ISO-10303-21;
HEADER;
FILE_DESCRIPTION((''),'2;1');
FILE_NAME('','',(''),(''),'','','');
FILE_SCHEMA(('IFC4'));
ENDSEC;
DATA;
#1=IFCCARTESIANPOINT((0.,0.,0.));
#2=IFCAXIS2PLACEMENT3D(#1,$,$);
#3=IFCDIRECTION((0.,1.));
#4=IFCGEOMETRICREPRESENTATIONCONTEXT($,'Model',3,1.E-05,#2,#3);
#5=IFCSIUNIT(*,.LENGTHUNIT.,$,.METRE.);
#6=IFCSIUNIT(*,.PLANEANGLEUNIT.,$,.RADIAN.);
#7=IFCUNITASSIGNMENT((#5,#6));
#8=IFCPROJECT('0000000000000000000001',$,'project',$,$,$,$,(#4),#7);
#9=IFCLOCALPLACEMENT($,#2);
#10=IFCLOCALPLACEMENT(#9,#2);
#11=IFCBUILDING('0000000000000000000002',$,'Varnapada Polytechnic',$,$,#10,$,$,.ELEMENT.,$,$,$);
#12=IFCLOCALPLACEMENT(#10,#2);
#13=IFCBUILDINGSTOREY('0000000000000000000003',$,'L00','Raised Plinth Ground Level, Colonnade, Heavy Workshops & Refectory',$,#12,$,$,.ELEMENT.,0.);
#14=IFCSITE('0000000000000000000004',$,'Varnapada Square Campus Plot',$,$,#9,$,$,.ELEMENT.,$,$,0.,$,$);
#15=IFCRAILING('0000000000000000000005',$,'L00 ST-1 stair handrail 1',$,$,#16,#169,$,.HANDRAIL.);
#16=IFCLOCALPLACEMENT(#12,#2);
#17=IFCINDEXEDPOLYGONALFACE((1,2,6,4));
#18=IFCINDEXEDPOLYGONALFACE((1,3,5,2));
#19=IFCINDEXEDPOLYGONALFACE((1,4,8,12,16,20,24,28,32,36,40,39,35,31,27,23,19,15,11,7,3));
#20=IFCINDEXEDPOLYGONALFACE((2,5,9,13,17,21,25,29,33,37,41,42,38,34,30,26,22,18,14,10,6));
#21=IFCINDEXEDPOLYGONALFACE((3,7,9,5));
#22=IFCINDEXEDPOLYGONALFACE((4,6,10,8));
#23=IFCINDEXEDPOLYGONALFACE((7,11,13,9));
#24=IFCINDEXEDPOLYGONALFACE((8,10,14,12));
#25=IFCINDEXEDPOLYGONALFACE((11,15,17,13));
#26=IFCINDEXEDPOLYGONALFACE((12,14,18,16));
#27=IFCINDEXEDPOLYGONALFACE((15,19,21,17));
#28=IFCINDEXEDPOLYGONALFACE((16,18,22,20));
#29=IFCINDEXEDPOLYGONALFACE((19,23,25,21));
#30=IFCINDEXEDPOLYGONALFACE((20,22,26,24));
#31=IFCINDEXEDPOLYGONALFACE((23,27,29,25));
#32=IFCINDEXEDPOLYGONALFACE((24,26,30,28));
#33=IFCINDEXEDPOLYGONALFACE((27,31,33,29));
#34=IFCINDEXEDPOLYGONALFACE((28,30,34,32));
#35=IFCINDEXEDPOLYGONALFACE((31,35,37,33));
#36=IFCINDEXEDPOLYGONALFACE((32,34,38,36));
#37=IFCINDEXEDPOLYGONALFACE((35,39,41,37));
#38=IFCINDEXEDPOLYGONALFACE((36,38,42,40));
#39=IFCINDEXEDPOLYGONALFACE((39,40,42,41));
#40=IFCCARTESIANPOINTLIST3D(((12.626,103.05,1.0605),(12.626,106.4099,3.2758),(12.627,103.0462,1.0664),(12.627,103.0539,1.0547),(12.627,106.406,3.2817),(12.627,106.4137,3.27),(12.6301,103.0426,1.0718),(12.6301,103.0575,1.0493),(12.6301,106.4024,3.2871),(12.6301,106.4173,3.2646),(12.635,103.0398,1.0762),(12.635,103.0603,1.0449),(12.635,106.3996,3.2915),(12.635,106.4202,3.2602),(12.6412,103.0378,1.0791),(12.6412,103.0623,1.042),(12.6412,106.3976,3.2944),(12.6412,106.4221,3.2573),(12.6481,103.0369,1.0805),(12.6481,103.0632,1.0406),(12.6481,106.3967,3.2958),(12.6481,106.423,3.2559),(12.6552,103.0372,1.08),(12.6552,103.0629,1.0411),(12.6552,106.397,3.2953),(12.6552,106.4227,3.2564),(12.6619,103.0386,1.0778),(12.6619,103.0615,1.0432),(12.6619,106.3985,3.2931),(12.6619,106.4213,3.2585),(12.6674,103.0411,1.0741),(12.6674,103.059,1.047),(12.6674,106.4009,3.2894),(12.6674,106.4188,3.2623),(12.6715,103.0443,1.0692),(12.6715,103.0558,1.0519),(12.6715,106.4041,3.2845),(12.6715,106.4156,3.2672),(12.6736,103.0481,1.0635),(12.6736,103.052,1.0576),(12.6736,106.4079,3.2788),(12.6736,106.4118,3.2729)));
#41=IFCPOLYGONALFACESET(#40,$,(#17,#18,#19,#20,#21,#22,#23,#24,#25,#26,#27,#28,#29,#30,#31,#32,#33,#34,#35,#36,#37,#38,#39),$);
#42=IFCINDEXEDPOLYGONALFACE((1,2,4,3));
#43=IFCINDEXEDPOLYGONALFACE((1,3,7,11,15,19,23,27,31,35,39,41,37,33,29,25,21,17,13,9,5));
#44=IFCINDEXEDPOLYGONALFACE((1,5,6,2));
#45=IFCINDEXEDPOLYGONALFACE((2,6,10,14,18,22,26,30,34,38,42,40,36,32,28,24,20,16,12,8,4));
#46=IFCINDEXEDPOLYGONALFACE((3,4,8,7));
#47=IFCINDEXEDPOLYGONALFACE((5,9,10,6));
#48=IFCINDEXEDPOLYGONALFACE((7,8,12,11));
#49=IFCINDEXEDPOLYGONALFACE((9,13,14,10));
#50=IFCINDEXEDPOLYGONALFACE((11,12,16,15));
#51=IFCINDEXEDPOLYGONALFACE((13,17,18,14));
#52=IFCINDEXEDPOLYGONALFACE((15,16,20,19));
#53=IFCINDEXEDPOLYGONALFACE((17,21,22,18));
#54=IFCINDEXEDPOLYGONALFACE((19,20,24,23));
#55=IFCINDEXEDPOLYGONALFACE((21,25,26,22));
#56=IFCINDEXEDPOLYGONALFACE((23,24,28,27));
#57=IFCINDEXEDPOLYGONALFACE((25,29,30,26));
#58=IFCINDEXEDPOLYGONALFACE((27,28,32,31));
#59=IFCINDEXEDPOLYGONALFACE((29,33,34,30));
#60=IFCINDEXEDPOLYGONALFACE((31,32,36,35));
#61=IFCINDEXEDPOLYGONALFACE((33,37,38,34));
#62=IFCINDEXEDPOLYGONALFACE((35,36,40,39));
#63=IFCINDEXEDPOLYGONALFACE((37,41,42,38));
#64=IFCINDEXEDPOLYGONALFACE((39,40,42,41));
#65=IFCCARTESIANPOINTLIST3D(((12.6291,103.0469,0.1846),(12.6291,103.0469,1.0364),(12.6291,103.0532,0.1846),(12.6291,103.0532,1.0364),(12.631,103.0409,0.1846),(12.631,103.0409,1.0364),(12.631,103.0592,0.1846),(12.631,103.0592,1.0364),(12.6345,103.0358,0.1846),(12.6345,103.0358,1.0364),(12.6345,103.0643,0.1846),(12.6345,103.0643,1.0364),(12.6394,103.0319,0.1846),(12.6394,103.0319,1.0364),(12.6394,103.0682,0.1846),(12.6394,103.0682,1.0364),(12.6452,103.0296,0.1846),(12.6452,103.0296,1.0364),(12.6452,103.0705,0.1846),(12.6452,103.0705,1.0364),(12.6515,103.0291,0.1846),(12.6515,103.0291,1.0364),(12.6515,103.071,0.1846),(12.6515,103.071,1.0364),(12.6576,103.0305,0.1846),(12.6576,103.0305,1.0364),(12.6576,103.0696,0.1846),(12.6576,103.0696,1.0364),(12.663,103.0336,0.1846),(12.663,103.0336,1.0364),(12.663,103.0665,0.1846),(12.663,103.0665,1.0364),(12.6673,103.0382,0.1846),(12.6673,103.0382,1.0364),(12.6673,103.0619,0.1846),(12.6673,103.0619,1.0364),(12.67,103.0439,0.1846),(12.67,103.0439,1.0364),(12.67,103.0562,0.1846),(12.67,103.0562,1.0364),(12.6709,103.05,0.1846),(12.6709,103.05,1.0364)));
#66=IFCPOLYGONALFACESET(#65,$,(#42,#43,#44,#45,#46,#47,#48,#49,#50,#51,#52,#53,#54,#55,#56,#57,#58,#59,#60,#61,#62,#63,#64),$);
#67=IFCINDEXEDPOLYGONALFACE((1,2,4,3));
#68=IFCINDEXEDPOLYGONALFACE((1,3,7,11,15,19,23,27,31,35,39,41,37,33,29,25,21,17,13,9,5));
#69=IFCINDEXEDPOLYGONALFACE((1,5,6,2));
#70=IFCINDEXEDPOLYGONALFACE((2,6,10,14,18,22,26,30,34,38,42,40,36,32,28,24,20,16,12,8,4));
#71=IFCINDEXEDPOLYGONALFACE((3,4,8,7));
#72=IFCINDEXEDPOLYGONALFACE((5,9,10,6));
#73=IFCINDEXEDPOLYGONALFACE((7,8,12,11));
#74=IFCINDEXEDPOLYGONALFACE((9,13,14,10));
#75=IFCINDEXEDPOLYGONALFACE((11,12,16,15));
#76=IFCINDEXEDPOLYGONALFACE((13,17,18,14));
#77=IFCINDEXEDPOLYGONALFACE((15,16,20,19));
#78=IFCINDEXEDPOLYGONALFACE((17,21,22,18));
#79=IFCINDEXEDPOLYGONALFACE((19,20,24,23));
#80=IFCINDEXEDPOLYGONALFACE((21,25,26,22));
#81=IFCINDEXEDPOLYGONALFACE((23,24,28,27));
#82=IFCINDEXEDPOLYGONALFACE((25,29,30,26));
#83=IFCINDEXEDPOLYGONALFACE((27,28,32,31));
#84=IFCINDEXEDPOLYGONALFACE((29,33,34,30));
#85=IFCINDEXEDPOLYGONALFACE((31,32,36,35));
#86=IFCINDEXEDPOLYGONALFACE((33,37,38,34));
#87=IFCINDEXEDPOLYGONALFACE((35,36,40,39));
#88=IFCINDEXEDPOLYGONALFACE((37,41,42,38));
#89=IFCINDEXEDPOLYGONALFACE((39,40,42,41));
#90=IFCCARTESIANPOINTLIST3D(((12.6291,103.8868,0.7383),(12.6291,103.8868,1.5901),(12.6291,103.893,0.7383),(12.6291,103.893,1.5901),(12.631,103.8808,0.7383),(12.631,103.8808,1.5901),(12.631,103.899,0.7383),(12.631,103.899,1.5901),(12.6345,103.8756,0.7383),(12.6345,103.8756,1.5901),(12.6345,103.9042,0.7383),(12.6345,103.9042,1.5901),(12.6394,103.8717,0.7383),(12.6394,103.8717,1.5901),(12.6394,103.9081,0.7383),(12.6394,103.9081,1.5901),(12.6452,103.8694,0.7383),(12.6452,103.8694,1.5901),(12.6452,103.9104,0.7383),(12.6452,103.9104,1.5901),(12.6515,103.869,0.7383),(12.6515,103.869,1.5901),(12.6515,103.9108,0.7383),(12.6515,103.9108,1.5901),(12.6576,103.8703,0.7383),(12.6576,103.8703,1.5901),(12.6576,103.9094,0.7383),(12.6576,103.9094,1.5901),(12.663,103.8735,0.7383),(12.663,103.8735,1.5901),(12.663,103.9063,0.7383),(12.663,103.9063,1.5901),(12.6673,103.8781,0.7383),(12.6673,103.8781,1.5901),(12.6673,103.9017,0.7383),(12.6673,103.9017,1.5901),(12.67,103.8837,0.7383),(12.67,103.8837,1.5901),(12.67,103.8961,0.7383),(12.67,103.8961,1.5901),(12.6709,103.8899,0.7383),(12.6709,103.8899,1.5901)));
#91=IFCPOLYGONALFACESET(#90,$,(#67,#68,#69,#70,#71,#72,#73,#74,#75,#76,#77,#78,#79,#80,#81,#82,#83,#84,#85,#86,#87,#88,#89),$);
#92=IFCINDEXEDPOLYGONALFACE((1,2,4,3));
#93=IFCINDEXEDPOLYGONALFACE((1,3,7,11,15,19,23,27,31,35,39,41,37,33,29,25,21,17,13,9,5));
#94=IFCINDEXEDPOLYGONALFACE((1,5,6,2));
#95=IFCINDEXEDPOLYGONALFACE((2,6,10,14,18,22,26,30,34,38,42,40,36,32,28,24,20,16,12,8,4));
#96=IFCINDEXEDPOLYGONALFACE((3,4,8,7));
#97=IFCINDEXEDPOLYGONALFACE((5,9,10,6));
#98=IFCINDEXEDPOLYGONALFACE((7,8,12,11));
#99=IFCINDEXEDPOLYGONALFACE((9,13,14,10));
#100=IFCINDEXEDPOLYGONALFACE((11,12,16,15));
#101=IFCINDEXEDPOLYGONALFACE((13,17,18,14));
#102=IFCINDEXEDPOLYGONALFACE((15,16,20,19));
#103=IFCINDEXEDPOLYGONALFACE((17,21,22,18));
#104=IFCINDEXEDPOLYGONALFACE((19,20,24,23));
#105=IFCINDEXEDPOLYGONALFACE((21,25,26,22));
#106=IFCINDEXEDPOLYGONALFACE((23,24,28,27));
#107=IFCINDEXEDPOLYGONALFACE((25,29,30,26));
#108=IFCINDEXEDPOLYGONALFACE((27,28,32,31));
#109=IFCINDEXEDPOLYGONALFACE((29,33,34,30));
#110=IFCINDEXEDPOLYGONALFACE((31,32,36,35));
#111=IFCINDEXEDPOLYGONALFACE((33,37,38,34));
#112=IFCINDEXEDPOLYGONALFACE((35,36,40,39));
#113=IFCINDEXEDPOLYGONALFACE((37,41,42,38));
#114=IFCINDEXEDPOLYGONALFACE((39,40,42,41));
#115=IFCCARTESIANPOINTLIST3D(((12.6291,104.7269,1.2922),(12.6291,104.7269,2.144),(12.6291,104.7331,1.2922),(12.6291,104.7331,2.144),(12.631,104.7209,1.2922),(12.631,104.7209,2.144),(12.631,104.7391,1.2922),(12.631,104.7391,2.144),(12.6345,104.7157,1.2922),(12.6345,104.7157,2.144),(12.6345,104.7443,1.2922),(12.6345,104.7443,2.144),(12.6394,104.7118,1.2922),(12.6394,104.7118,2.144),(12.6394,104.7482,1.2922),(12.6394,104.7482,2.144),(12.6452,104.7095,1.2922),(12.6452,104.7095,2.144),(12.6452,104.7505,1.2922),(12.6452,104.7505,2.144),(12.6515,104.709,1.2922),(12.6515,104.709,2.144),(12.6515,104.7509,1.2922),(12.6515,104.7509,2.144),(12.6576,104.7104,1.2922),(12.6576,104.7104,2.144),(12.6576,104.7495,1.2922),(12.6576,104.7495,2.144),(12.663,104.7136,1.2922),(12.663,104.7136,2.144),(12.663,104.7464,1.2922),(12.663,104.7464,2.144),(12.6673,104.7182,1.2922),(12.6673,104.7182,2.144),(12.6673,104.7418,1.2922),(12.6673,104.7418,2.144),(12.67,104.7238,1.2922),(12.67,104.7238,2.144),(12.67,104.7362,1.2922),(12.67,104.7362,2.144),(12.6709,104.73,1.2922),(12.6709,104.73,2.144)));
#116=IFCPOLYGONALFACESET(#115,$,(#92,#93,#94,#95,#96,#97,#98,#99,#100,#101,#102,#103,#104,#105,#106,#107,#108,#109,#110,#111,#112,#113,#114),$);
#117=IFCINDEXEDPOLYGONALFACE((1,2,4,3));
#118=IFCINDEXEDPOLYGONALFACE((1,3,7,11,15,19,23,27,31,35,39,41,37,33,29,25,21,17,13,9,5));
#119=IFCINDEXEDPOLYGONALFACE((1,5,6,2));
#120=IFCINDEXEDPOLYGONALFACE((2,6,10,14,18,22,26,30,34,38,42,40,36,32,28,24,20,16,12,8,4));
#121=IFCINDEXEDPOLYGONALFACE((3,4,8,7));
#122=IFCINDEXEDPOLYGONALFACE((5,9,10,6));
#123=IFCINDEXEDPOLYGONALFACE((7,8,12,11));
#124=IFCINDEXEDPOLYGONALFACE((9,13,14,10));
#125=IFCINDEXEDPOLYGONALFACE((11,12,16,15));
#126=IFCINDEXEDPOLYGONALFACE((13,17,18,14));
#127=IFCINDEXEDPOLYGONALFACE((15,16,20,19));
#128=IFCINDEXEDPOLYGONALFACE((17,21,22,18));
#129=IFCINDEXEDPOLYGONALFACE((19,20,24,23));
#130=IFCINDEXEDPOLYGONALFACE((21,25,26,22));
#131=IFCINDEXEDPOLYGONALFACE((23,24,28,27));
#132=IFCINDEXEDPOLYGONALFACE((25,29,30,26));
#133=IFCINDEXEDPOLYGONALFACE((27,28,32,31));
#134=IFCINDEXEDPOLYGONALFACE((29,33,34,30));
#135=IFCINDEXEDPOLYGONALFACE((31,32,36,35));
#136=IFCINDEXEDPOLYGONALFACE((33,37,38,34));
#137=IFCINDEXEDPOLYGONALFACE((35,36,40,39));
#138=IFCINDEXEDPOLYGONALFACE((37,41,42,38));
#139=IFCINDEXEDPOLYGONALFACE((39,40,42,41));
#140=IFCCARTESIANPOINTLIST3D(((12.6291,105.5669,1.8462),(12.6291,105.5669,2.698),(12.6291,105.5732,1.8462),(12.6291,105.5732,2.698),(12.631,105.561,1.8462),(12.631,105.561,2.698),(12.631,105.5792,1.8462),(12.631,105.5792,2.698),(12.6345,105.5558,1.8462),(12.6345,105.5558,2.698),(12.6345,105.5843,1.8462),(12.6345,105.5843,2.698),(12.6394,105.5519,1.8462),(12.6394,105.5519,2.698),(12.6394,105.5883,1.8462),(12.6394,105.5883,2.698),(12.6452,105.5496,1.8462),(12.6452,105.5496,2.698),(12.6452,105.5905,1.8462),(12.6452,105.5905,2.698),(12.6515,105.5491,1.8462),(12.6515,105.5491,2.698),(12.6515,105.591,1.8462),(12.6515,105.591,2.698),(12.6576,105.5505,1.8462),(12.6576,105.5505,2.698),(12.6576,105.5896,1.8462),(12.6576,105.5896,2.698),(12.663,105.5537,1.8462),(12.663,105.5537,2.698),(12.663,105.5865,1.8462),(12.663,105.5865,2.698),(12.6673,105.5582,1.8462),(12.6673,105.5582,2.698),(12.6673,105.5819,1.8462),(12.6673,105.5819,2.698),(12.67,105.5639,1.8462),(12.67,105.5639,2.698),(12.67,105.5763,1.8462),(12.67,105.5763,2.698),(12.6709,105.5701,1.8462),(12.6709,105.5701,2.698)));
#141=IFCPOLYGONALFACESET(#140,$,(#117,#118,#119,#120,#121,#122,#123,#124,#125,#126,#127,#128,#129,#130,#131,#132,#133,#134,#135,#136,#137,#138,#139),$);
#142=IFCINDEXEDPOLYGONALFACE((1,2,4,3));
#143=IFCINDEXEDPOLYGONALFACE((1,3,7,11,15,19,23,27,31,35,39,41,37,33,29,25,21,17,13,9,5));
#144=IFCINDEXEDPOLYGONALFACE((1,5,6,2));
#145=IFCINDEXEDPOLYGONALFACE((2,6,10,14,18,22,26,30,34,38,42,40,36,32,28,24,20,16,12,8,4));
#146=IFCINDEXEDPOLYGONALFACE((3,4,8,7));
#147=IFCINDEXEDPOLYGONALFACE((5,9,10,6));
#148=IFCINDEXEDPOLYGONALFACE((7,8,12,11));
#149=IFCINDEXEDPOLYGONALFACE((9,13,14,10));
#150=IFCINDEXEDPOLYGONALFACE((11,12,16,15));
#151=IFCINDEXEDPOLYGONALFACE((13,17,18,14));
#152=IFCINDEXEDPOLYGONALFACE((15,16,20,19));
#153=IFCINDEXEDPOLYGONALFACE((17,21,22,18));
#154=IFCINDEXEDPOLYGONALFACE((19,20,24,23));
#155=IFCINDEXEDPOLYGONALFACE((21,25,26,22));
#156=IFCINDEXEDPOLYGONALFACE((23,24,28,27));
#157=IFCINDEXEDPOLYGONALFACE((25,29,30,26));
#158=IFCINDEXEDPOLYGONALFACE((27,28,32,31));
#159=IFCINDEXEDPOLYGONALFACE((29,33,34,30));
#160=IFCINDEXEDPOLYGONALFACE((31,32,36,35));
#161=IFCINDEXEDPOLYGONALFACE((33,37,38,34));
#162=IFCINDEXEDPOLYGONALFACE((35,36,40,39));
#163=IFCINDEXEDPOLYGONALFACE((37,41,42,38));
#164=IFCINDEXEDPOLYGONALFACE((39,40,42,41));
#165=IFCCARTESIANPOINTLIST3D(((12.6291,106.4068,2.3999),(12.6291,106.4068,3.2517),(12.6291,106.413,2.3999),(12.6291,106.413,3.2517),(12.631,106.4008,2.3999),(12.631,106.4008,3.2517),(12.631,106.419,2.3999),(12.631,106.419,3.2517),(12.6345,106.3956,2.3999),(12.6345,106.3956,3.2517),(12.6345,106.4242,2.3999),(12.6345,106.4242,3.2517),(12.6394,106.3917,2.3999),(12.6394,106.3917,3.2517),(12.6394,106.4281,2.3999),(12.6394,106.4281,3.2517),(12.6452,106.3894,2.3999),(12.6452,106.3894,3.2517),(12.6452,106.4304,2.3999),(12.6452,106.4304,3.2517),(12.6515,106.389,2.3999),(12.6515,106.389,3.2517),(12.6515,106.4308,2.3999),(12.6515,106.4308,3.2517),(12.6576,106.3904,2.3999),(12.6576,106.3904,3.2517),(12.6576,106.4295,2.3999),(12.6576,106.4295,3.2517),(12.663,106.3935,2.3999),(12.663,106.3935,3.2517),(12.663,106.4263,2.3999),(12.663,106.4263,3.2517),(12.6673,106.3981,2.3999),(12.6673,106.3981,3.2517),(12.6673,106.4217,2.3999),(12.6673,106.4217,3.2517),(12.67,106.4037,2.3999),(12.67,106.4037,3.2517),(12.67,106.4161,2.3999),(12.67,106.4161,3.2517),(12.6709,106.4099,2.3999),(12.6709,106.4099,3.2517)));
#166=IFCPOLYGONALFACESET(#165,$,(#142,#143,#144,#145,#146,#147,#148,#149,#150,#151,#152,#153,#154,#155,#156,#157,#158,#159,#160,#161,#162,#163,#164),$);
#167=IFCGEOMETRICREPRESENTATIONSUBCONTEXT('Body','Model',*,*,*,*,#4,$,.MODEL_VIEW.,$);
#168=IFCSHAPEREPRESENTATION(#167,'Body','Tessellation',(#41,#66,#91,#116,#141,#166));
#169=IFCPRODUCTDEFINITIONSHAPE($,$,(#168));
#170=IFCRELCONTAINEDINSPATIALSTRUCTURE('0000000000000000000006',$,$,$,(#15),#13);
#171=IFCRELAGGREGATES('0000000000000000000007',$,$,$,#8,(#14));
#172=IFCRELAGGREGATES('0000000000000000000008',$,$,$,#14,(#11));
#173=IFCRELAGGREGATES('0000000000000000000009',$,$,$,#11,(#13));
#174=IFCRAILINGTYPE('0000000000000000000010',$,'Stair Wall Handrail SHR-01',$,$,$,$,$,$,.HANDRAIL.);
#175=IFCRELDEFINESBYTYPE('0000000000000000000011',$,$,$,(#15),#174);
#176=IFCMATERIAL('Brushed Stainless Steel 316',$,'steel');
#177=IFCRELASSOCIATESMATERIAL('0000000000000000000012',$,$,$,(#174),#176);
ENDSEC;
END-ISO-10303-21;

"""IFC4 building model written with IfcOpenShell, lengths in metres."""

from ifc_helpers import new_model, si_unit, direction, frame, origin, origin_2d, place, context, subcontext, project, spatial, circle, extrude, material, type_object, element, save


model = new_model("IFC4")

# Units and contexts
model_context = context("Model", 3, precision=1e-05, world=origin(), true_north=direction((0.0, 1.0)))
body_context = subcontext(model_context, "Body", "Model", "MODEL_VIEW")
ifc_project = project(units=[si_unit("LENGTHUNIT", "METRE"), si_unit("PLANEANGLEUNIT", "RADIAN")], contexts=[model_context])

# Site, building, storey
site_placement = place(None, origin())
site = spatial("IfcSite", under=ifc_project, at=site_placement, Name="Varnapada Square Campus Plot", CompositionType="ELEMENT", RefElevation=0.0)
building_placement = place(site_placement, origin())
building = spatial("IfcBuilding", under=site, at=building_placement, Name="Varnapada Polytechnic", CompositionType="ELEMENT")
storey_placement = place(building_placement, origin())
storey = spatial("IfcBuildingStorey", under=building, at=storey_placement, Name="L00", Description="Raised Plinth Ground Level, Colonnade, Heavy Workshops & Refectory", CompositionType="ELEMENT", Elevation=0.0)

# Shared definitions
ifc_material_1 = material(Name="Brushed Stainless Steel 316", Category="steel")

# Railing
railing_type_1 = type_object("IfcRailingType", Name="Stair Wall Handrail SHR-01", PredefinedType="HANDRAIL", material=ifc_material_1)
railing_1_placement = place(storey_placement, frame((12.6499, 103.05, 0.1846)))
element("IfcRailing", 1, at=railing_1_placement, inside=storey, type_object=railing_type_1, Name="L00 ST-1 stair handrail 1", PredefinedType="HANDRAIL", context=body_context, shape_type="SweptSolid", body=[
    extrude(circle(Radius=0.0239, at=origin_2d()), frame((0.0, 0.0, 0.876), z_axis=(0.0, 0.834858, 0.550465), x_axis=(-1.0, 0.0, 0.0)), (0.0, 0.0, 1.0), 4.0244),
    extrude(circle(Radius=0.021, at=origin_2d()), origin(), (0.0, 0.0, 1.0), 0.8518),
    extrude(circle(Radius=0.021, at=origin_2d()), frame((0.0, 0.8398, 0.5537)), (0.0, 0.0, 1.0), 0.8518),
    extrude(circle(Radius=0.021, at=origin_2d()), frame((0.0, 1.6799, 1.1077)), (0.0, 0.0, 1.0), 0.8518),
    extrude(circle(Radius=0.021, at=origin_2d()), frame((0.0, 2.52, 1.6616)), (0.0, 0.0, 1.0), 0.8518),
    extrude(circle(Radius=0.021, at=origin_2d()), frame((0.0, 3.3599, 2.2153)), (0.0, 0.0, 1.0), 0.8518),
])

save(model, "model.ifc")
